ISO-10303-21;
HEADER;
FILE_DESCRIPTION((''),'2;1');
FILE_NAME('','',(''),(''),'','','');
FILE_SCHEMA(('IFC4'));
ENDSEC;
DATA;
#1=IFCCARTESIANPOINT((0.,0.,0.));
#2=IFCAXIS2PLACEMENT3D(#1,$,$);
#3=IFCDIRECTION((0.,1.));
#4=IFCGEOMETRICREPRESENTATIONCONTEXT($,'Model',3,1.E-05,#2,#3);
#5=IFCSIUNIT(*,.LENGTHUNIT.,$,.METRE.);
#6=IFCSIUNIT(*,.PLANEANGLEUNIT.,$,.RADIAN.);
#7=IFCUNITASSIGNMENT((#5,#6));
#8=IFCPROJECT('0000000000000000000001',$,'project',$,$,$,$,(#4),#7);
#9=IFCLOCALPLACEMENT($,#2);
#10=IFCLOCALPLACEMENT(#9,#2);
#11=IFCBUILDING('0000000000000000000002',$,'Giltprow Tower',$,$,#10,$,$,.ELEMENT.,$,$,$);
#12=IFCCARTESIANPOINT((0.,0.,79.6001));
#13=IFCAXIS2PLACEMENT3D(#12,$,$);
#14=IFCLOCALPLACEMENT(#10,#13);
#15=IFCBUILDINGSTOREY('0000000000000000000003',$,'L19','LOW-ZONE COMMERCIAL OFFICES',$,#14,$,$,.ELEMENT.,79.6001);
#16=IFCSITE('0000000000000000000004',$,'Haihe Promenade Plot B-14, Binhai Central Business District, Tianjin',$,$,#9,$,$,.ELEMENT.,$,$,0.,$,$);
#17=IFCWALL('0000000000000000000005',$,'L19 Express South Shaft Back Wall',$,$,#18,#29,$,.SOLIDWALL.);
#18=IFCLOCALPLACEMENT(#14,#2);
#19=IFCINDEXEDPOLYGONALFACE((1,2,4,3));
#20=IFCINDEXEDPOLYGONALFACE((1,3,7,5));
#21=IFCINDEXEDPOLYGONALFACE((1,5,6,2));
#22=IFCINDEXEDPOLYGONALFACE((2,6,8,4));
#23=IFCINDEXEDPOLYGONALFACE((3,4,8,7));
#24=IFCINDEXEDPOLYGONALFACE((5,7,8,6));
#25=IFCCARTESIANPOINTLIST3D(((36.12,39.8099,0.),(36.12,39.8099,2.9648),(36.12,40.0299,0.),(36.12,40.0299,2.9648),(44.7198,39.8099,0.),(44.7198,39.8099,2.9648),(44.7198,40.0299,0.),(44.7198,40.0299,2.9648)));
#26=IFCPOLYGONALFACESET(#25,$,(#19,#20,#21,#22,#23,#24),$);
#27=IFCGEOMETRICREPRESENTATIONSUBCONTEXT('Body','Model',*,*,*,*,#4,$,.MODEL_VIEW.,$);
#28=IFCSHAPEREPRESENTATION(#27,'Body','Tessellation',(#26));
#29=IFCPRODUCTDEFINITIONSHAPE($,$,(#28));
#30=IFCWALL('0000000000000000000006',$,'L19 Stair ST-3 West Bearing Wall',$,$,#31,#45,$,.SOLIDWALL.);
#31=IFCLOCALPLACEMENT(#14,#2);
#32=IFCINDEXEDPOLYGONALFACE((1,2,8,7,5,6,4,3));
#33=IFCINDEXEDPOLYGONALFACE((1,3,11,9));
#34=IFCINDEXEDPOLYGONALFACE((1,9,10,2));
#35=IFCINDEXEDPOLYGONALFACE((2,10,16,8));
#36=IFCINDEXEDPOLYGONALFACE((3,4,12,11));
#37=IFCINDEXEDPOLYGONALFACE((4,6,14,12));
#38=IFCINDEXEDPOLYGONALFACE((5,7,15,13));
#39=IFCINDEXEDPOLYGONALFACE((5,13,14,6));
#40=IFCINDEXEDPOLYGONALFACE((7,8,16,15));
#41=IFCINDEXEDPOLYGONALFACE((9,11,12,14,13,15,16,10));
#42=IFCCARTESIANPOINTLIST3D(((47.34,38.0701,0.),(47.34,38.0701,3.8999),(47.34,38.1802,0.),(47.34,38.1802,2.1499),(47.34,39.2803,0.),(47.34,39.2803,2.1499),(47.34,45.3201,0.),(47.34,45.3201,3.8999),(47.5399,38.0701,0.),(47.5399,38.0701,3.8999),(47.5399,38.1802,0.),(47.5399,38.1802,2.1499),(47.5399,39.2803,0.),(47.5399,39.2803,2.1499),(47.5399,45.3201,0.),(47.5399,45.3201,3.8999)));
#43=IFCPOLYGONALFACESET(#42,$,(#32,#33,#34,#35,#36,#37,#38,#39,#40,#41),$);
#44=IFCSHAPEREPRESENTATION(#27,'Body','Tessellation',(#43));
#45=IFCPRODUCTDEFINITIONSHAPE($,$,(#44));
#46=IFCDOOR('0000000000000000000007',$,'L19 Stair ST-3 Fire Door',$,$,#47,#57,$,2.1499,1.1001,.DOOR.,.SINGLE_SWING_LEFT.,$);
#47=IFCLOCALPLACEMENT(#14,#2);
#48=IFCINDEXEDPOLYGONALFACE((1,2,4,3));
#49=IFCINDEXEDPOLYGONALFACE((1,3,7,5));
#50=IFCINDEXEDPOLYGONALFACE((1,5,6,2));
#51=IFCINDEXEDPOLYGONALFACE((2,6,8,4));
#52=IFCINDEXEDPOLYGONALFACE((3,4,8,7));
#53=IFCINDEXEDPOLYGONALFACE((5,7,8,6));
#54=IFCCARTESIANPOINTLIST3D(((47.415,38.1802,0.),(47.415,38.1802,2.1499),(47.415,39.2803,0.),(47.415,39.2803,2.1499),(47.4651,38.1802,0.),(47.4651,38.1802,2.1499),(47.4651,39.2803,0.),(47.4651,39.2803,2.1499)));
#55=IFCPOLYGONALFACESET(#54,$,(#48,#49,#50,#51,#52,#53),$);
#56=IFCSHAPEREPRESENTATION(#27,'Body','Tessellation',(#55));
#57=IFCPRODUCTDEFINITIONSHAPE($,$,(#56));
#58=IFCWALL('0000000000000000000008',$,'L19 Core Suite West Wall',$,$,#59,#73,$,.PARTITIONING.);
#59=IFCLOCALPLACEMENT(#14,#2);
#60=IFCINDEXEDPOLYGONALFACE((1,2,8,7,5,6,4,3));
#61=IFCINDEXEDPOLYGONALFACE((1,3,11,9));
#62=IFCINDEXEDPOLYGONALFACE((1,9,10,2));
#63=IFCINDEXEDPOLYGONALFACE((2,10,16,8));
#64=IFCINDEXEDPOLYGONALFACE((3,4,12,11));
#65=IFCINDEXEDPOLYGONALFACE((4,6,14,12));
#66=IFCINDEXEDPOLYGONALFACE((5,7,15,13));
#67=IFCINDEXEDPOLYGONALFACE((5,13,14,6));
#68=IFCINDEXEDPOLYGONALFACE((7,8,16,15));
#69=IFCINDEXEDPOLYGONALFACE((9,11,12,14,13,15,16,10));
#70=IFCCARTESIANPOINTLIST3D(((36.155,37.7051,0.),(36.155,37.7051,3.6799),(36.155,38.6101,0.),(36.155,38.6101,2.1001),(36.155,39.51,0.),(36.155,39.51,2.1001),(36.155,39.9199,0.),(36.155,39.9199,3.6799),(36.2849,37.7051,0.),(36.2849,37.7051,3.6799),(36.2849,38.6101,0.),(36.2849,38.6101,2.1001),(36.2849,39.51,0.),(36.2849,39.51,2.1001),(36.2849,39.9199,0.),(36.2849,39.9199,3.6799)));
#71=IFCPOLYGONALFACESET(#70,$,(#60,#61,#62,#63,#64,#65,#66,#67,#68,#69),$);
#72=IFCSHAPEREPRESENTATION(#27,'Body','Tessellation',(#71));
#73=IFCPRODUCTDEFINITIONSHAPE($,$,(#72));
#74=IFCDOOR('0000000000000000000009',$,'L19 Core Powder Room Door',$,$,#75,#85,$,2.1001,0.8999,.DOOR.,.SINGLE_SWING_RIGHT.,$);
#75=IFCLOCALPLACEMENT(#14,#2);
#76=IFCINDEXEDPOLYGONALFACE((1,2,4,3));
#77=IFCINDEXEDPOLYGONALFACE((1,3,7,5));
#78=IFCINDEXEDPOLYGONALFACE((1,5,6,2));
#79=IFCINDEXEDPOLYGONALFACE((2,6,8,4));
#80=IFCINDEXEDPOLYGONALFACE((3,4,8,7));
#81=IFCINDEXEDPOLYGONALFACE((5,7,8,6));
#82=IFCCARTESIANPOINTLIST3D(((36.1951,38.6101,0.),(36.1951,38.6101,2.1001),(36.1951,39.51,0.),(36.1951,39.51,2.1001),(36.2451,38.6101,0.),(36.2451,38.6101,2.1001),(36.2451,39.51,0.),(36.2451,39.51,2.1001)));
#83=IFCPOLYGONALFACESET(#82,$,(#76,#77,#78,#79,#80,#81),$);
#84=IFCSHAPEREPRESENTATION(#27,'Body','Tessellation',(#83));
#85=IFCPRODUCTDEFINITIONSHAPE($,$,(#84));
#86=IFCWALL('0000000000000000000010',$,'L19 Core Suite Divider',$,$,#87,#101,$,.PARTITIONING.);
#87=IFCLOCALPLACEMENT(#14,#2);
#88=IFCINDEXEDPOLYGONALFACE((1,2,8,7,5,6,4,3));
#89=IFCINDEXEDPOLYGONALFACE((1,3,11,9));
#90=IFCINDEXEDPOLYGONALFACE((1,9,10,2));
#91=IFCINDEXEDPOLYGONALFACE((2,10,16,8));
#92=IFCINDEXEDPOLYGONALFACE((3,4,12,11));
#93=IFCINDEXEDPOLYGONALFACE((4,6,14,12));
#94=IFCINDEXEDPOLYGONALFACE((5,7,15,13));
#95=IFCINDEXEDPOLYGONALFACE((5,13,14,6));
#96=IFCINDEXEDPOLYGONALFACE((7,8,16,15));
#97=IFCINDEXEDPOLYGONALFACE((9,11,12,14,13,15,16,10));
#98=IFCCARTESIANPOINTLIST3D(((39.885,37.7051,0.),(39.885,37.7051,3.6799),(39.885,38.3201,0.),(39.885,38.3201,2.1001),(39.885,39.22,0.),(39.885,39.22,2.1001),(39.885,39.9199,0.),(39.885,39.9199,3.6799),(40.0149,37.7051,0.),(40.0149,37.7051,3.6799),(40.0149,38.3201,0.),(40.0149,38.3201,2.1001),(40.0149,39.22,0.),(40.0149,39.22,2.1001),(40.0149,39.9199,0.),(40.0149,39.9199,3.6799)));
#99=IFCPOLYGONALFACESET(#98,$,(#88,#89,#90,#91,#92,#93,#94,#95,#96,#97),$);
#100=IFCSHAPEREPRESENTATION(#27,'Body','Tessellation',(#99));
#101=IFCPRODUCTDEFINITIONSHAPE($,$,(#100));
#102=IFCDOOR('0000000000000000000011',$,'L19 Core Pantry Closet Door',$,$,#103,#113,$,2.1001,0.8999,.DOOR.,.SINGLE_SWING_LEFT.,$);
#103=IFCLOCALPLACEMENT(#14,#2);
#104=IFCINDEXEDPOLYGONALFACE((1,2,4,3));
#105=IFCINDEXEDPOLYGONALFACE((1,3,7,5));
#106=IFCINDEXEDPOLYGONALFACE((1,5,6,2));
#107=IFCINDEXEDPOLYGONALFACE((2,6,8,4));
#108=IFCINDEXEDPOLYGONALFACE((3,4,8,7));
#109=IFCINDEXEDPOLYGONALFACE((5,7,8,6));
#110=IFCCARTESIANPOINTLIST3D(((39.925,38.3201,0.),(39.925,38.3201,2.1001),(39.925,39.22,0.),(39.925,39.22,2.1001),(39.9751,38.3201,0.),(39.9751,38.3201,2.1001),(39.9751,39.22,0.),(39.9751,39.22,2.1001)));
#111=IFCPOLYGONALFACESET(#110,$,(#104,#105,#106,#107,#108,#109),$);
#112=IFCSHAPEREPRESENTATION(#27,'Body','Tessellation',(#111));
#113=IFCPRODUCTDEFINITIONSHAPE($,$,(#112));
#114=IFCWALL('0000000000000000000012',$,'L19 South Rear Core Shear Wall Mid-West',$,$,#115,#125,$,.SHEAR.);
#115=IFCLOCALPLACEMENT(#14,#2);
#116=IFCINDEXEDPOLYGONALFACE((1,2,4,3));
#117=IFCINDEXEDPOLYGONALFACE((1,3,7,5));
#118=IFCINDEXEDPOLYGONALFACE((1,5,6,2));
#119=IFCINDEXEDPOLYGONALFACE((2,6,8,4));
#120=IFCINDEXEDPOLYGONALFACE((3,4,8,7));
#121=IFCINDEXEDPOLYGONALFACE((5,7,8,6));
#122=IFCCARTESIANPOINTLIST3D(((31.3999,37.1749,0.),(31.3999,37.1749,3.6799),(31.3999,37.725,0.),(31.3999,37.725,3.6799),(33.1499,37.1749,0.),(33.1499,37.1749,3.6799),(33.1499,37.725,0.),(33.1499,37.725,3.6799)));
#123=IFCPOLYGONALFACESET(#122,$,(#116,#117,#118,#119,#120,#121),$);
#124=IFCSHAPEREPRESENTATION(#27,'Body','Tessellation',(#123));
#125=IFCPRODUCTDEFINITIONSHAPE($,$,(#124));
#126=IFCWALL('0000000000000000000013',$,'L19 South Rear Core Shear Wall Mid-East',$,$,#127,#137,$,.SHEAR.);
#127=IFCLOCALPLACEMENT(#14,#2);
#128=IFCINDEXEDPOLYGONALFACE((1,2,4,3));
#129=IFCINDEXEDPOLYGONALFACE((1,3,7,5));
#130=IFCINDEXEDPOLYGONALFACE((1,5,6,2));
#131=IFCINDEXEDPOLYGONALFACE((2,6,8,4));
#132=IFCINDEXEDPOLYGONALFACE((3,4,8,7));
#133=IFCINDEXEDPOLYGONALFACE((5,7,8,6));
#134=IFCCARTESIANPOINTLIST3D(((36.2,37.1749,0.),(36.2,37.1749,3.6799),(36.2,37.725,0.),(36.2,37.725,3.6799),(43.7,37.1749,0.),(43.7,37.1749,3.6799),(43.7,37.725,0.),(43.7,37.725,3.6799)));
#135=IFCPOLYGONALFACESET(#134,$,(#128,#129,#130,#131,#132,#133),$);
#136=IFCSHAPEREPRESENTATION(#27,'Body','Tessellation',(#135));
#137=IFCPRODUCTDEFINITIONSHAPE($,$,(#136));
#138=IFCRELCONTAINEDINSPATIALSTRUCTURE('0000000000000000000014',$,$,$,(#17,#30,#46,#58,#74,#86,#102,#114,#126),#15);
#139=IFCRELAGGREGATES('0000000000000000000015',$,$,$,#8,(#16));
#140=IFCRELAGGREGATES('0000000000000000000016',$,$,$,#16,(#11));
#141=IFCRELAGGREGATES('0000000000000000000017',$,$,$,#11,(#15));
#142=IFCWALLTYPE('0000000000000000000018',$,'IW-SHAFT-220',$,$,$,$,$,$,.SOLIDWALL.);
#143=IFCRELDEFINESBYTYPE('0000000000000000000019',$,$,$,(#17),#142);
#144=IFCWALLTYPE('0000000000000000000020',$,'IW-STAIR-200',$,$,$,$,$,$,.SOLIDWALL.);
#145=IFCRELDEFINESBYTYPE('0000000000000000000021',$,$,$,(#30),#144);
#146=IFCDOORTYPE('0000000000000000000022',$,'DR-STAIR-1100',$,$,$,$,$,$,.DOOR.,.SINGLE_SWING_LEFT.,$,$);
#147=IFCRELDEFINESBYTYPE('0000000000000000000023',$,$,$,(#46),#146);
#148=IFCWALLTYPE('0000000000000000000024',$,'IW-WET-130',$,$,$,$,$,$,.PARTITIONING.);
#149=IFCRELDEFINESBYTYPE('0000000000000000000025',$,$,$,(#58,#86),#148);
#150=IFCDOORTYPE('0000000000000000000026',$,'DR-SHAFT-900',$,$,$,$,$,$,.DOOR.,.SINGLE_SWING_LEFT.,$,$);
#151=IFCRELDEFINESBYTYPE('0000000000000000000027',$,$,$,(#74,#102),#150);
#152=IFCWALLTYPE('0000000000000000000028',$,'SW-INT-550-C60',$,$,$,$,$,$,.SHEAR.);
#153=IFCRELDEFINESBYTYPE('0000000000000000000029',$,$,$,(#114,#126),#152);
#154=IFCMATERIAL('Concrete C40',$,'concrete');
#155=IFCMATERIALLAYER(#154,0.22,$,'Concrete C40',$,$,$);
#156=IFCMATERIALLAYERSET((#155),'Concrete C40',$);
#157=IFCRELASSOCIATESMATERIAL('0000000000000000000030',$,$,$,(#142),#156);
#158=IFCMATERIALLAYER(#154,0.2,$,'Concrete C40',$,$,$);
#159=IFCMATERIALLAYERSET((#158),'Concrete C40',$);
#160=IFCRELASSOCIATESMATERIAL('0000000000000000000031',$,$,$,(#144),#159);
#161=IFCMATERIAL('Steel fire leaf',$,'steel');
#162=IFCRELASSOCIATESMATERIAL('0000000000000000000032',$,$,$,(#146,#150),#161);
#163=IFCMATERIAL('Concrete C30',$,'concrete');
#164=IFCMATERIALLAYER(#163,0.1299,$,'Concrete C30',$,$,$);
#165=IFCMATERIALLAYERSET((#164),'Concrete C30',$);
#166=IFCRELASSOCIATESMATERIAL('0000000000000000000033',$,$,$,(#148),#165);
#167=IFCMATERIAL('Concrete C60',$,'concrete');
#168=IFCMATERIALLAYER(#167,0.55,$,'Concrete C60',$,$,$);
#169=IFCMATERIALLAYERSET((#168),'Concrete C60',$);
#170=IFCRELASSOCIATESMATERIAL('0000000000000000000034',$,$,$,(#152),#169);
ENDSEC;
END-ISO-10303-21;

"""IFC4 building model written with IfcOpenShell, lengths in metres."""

from ifc_helpers import new_model, si_unit, direction, frame, frame_2d, origin, place, context, subcontext, project, spatial, rectangle, extrude, source, transform, mapped, material, layer, layer_set, type_object, element, fill, save


model = new_model("IFC4")

# Units and contexts
model_context = context("Model", 3, precision=1e-05, world=origin(), true_north=direction((0.0, 1.0)))
body_context = subcontext(model_context, "Body", "Model", "MODEL_VIEW")
ifc_project = project(units=[si_unit("LENGTHUNIT", "METRE"), si_unit("PLANEANGLEUNIT", "RADIAN")], contexts=[model_context])

# Site, building, storey
site_placement = place(None, origin())
site = spatial("IfcSite", under=ifc_project, at=site_placement, Name="Haihe Promenade Plot B-14, Binhai Central Business District, Tianjin", CompositionType="ELEMENT", RefElevation=0.0)
building_placement = place(site_placement, origin())
building = spatial("IfcBuilding", under=site, at=building_placement, Name="Giltprow Tower", CompositionType="ELEMENT")
storey_placement = place(building_placement, frame((0.0, 0.0, 79.6001)))
storey = spatial("IfcBuildingStorey", under=building, at=storey_placement, Name="L19", Description="LOW-ZONE COMMERCIAL OFFICES", CompositionType="ELEMENT", Elevation=79.6001)

# Shared definitions
ifc_material_1 = material(Name="Concrete C60", Category="concrete")

# Wall
ifc_material_2 = material(Name="Concrete C40", Category="concrete")
ifc_layer_1 = layer(ifc_material_2, 0.22, Name="Concrete C40")
ifc_layer_set_1 = layer_set([ifc_layer_1], Name="Concrete C40")
wall_type_1 = type_object("IfcWallType", Name="IW-SHAFT-220", PredefinedType="SOLIDWALL", material=ifc_layer_set_1)
wall_1_placement = place(storey_placement, frame((36.1201, 39.9199, 0.0), z_axis=(0.0, 0.0, 1.0), x_axis=(1.0, 0.0, 0.0)))
element("IfcWall", 1, at=wall_1_placement, inside=storey, type_object=wall_type_1, Name="L19 Express South Shaft Back Wall", PredefinedType="SOLIDWALL", context=body_context, shape_type="SweptSolid", body=[
    extrude(rectangle(XDim=8.5999, YDim=0.22, at=frame_2d((4.2998, 0.0))), origin(), (0.0, 0.0, 1.0), 2.9648),
])

# Walls, openings, doors
ifc_layer_2 = layer(ifc_material_2, 0.2, Name="Concrete C40")
ifc_layer_set_2 = layer_set([ifc_layer_2], Name="Concrete C40")
wall_type_2 = type_object("IfcWallType", Name="IW-STAIR-200", PredefinedType="SOLIDWALL", material=ifc_layer_set_2)
wall_2_placement = place(storey_placement, frame((47.4399, 38.0701, 0.0), z_axis=(0.0, 0.0, 1.0), x_axis=(0.0, 1.0, 0.0)))
wall_2 = element("IfcWall", 2, at=wall_2_placement, inside=storey, type_object=wall_type_2, Name="L19 Stair ST-3 West Bearing Wall", PredefinedType="SOLIDWALL", context=body_context, shape_type="SweptSolid", body=[
    extrude(rectangle(XDim=7.25, YDim=0.2, at=frame_2d((3.625, 0.0))), origin(), (0.0, 0.0, 1.0), 3.8999),
])
opening_1_placement = place(wall_2_placement, frame((0.1101, 0.0, 0.0)))
opening_1 = element("IfcOpeningElement", 3, at=opening_1_placement, cuts=wall_2, PredefinedType="OPENING", context=body_context, shape_type="SweptSolid", body=[
    extrude(rectangle(XDim=1.1001, YDim=2.1499, at=frame_2d((0.55, 1.075))), frame((0.0, 0.1099, 0.0), z_axis=(0.0, -1.0, 0.0), x_axis=(1.0, 0.0, 0.0)), (0.0, 0.0, 1.0), 0.22),
])
ifc_material_3 = material(Name="Steel fire leaf", Category="steel")
door_type_1 = type_object("IfcDoorType", Name="DR-STAIR-1100", OperationType="SINGLE_SWING_LEFT", PredefinedType="DOOR", material=ifc_material_3)
shared_shape_1 = source(origin(), body_context, "Body", "SweptSolid", [
    extrude(rectangle(XDim=1.1001, YDim=2.1499, at=frame_2d((0.55, 1.075))), frame((0.0, 0.0249, 0.0), z_axis=(0.0, -1.0, 0.0), x_axis=(1.0, 0.0, 0.0)), (0.0, 0.0, 1.0), 0.05),
])
door_1_placement = place(opening_1_placement, origin())
door_1 = element("IfcDoor", 4, at=door_1_placement, inside=storey, type_object=door_type_1, Name="L19 Stair ST-3 Fire Door", OperationType="SINGLE_SWING_LEFT", OverallHeight=2.1499, OverallWidth=1.1001, PredefinedType="DOOR", context=body_context, shape_type="MappedRepresentation", body=[
    mapped(shared_shape_1, transform((0.0, 0.0, 0.0), x_axis=(1.0, 0.0, 0.0), y_axis=(0.0, 1.0, 0.0), z_axis=(0.0, 0.0, 1.0), scale=1.0)),
])
fill(opening_1, door_1)
ifc_material_4 = material(Name="Concrete C30", Category="concrete")
ifc_layer_3 = layer(ifc_material_4, 0.1299, Name="Concrete C30")
ifc_layer_set_3 = layer_set([ifc_layer_3], Name="Concrete C30")
wall_type_3 = type_object("IfcWallType", Name="IW-WET-130", PredefinedType="PARTITIONING", material=ifc_layer_set_3)
wall_3_placement = place(storey_placement, frame((36.22, 37.7051, 0.0), z_axis=(0.0, 0.0, 1.0), x_axis=(0.0, 1.0, 0.0)))
wall_3 = element("IfcWall", 5, at=wall_3_placement, inside=storey, type_object=wall_type_3, Name="L19 Core Suite West Wall", PredefinedType="PARTITIONING", context=body_context, shape_type="SweptSolid", body=[
    extrude(rectangle(XDim=2.2148, YDim=0.1299, at=frame_2d((1.1074, 0.0))), origin(), (0.0, 0.0, 1.0), 3.6799),
])
opening_2_placement = place(wall_3_placement, frame((0.905, 0.0, 0.0)))
opening_2 = element("IfcOpeningElement", 6, at=opening_2_placement, cuts=wall_3, PredefinedType="OPENING", context=body_context, shape_type="SweptSolid", body=[
    extrude(rectangle(XDim=0.8999, YDim=2.1001, at=frame_2d((0.45, 1.05))), frame((0.0, 0.075, 0.0), z_axis=(0.0, -1.0, 0.0), x_axis=(1.0, 0.0, 0.0)), (0.0, 0.0, 1.0), 0.1499),
])
door_type_2 = type_object("IfcDoorType", Name="DR-SHAFT-900", OperationType="SINGLE_SWING_LEFT", PredefinedType="DOOR", material=ifc_material_3)
shared_shape_2 = source(origin(), body_context, "Body", "SweptSolid", [
    extrude(rectangle(XDim=0.8999, YDim=2.1001, at=frame_2d((0.45, 1.05))), frame((0.0, 0.0249, 0.0), z_axis=(0.0, -1.0, 0.0), x_axis=(1.0, 0.0, 0.0)), (0.0, 0.0, 1.0), 0.05),
])
door_2_placement = place(opening_2_placement, origin())
door_2 = element("IfcDoor", 7, at=door_2_placement, inside=storey, type_object=door_type_2, Name="L19 Core Powder Room Door", OperationType="SINGLE_SWING_RIGHT", OverallHeight=2.1001, OverallWidth=0.8999, PredefinedType="DOOR", context=body_context, shape_type="MappedRepresentation", body=[
    mapped(shared_shape_2, transform((0.0, 0.0, 0.0), x_axis=(1.0, 0.0, 0.0), y_axis=(0.0, 1.0, 0.0), z_axis=(0.0, 0.0, 1.0), scale=1.0)),
])
fill(opening_2, door_2)
wall_4_placement = place(storey_placement, frame((39.95, 37.7051, 0.0), z_axis=(0.0, 0.0, 1.0), x_axis=(0.0, 1.0, 0.0)))
wall_4 = element("IfcWall", 8, at=wall_4_placement, inside=storey, type_object=wall_type_3, Name="L19 Core Suite Divider", PredefinedType="PARTITIONING", context=body_context, shape_type="SweptSolid", body=[
    extrude(rectangle(XDim=2.2148, YDim=0.1299, at=frame_2d((1.1074, 0.0))), origin(), (0.0, 0.0, 1.0), 3.6799),
])
opening_3_placement = place(wall_4_placement, frame((0.615, 0.0, 0.0)))
opening_3 = element("IfcOpeningElement", 9, at=opening_3_placement, cuts=wall_4, PredefinedType="OPENING", context=body_context, shape_type="SweptSolid", body=[
    extrude(rectangle(XDim=0.8999, YDim=2.1001, at=frame_2d((0.45, 1.05))), frame((0.0, 0.075, 0.0), z_axis=(0.0, -1.0, 0.0), x_axis=(1.0, 0.0, 0.0)), (0.0, 0.0, 1.0), 0.1499),
])
door_3_placement = place(opening_3_placement, origin())
door_3 = element("IfcDoor", 10, at=door_3_placement, inside=storey, type_object=door_type_2, Name="L19 Core Pantry Closet Door", OperationType="SINGLE_SWING_LEFT", OverallHeight=2.1001, OverallWidth=0.8999, PredefinedType="DOOR", context=body_context, shape_type="MappedRepresentation", body=[
    mapped(shared_shape_2, transform((0.0, 0.0, 0.0), x_axis=(1.0, 0.0, 0.0), y_axis=(0.0, 1.0, 0.0), z_axis=(0.0, 0.0, 1.0), scale=1.0)),
])
fill(opening_3, door_3)

# Walls
ifc_layer_4 = layer(ifc_material_1, 0.55, Name="Concrete C60")
ifc_layer_set_4 = layer_set([ifc_layer_4], Name="Concrete C60")
wall_type_4 = type_object("IfcWallType", Name="SW-INT-550-C60", PredefinedType="SHEAR", material=ifc_layer_set_4)
wall_5_placement = place(storey_placement, frame((31.3999, 37.45, 0.0), z_axis=(0.0, 0.0, 1.0), x_axis=(1.0, 0.0, 0.0)))
element("IfcWall", 11, at=wall_5_placement, inside=storey, type_object=wall_type_4, Name="L19 South Rear Core Shear Wall Mid-West", PredefinedType="SHEAR", context=body_context, shape_type="SweptSolid", body=[
    extrude(rectangle(XDim=1.75, YDim=0.55, at=frame_2d((0.875, 0.0))), origin(), (0.0, 0.0, 1.0), 3.6799),
])
wall_6_placement = place(storey_placement, frame((36.2, 37.45, 0.0), z_axis=(0.0, 0.0, 1.0), x_axis=(1.0, 0.0, 0.0)))
element("IfcWall", 12, at=wall_6_placement, inside=storey, type_object=wall_type_4, Name="L19 South Rear Core Shear Wall Mid-East", PredefinedType="SHEAR", context=body_context, shape_type="SweptSolid", body=[
    extrude(rectangle(XDim=7.5, YDim=0.55, at=frame_2d((3.75, 0.0))), origin(), (0.0, 0.0, 1.0), 3.6799),
])

save(model, "model.ifc")
